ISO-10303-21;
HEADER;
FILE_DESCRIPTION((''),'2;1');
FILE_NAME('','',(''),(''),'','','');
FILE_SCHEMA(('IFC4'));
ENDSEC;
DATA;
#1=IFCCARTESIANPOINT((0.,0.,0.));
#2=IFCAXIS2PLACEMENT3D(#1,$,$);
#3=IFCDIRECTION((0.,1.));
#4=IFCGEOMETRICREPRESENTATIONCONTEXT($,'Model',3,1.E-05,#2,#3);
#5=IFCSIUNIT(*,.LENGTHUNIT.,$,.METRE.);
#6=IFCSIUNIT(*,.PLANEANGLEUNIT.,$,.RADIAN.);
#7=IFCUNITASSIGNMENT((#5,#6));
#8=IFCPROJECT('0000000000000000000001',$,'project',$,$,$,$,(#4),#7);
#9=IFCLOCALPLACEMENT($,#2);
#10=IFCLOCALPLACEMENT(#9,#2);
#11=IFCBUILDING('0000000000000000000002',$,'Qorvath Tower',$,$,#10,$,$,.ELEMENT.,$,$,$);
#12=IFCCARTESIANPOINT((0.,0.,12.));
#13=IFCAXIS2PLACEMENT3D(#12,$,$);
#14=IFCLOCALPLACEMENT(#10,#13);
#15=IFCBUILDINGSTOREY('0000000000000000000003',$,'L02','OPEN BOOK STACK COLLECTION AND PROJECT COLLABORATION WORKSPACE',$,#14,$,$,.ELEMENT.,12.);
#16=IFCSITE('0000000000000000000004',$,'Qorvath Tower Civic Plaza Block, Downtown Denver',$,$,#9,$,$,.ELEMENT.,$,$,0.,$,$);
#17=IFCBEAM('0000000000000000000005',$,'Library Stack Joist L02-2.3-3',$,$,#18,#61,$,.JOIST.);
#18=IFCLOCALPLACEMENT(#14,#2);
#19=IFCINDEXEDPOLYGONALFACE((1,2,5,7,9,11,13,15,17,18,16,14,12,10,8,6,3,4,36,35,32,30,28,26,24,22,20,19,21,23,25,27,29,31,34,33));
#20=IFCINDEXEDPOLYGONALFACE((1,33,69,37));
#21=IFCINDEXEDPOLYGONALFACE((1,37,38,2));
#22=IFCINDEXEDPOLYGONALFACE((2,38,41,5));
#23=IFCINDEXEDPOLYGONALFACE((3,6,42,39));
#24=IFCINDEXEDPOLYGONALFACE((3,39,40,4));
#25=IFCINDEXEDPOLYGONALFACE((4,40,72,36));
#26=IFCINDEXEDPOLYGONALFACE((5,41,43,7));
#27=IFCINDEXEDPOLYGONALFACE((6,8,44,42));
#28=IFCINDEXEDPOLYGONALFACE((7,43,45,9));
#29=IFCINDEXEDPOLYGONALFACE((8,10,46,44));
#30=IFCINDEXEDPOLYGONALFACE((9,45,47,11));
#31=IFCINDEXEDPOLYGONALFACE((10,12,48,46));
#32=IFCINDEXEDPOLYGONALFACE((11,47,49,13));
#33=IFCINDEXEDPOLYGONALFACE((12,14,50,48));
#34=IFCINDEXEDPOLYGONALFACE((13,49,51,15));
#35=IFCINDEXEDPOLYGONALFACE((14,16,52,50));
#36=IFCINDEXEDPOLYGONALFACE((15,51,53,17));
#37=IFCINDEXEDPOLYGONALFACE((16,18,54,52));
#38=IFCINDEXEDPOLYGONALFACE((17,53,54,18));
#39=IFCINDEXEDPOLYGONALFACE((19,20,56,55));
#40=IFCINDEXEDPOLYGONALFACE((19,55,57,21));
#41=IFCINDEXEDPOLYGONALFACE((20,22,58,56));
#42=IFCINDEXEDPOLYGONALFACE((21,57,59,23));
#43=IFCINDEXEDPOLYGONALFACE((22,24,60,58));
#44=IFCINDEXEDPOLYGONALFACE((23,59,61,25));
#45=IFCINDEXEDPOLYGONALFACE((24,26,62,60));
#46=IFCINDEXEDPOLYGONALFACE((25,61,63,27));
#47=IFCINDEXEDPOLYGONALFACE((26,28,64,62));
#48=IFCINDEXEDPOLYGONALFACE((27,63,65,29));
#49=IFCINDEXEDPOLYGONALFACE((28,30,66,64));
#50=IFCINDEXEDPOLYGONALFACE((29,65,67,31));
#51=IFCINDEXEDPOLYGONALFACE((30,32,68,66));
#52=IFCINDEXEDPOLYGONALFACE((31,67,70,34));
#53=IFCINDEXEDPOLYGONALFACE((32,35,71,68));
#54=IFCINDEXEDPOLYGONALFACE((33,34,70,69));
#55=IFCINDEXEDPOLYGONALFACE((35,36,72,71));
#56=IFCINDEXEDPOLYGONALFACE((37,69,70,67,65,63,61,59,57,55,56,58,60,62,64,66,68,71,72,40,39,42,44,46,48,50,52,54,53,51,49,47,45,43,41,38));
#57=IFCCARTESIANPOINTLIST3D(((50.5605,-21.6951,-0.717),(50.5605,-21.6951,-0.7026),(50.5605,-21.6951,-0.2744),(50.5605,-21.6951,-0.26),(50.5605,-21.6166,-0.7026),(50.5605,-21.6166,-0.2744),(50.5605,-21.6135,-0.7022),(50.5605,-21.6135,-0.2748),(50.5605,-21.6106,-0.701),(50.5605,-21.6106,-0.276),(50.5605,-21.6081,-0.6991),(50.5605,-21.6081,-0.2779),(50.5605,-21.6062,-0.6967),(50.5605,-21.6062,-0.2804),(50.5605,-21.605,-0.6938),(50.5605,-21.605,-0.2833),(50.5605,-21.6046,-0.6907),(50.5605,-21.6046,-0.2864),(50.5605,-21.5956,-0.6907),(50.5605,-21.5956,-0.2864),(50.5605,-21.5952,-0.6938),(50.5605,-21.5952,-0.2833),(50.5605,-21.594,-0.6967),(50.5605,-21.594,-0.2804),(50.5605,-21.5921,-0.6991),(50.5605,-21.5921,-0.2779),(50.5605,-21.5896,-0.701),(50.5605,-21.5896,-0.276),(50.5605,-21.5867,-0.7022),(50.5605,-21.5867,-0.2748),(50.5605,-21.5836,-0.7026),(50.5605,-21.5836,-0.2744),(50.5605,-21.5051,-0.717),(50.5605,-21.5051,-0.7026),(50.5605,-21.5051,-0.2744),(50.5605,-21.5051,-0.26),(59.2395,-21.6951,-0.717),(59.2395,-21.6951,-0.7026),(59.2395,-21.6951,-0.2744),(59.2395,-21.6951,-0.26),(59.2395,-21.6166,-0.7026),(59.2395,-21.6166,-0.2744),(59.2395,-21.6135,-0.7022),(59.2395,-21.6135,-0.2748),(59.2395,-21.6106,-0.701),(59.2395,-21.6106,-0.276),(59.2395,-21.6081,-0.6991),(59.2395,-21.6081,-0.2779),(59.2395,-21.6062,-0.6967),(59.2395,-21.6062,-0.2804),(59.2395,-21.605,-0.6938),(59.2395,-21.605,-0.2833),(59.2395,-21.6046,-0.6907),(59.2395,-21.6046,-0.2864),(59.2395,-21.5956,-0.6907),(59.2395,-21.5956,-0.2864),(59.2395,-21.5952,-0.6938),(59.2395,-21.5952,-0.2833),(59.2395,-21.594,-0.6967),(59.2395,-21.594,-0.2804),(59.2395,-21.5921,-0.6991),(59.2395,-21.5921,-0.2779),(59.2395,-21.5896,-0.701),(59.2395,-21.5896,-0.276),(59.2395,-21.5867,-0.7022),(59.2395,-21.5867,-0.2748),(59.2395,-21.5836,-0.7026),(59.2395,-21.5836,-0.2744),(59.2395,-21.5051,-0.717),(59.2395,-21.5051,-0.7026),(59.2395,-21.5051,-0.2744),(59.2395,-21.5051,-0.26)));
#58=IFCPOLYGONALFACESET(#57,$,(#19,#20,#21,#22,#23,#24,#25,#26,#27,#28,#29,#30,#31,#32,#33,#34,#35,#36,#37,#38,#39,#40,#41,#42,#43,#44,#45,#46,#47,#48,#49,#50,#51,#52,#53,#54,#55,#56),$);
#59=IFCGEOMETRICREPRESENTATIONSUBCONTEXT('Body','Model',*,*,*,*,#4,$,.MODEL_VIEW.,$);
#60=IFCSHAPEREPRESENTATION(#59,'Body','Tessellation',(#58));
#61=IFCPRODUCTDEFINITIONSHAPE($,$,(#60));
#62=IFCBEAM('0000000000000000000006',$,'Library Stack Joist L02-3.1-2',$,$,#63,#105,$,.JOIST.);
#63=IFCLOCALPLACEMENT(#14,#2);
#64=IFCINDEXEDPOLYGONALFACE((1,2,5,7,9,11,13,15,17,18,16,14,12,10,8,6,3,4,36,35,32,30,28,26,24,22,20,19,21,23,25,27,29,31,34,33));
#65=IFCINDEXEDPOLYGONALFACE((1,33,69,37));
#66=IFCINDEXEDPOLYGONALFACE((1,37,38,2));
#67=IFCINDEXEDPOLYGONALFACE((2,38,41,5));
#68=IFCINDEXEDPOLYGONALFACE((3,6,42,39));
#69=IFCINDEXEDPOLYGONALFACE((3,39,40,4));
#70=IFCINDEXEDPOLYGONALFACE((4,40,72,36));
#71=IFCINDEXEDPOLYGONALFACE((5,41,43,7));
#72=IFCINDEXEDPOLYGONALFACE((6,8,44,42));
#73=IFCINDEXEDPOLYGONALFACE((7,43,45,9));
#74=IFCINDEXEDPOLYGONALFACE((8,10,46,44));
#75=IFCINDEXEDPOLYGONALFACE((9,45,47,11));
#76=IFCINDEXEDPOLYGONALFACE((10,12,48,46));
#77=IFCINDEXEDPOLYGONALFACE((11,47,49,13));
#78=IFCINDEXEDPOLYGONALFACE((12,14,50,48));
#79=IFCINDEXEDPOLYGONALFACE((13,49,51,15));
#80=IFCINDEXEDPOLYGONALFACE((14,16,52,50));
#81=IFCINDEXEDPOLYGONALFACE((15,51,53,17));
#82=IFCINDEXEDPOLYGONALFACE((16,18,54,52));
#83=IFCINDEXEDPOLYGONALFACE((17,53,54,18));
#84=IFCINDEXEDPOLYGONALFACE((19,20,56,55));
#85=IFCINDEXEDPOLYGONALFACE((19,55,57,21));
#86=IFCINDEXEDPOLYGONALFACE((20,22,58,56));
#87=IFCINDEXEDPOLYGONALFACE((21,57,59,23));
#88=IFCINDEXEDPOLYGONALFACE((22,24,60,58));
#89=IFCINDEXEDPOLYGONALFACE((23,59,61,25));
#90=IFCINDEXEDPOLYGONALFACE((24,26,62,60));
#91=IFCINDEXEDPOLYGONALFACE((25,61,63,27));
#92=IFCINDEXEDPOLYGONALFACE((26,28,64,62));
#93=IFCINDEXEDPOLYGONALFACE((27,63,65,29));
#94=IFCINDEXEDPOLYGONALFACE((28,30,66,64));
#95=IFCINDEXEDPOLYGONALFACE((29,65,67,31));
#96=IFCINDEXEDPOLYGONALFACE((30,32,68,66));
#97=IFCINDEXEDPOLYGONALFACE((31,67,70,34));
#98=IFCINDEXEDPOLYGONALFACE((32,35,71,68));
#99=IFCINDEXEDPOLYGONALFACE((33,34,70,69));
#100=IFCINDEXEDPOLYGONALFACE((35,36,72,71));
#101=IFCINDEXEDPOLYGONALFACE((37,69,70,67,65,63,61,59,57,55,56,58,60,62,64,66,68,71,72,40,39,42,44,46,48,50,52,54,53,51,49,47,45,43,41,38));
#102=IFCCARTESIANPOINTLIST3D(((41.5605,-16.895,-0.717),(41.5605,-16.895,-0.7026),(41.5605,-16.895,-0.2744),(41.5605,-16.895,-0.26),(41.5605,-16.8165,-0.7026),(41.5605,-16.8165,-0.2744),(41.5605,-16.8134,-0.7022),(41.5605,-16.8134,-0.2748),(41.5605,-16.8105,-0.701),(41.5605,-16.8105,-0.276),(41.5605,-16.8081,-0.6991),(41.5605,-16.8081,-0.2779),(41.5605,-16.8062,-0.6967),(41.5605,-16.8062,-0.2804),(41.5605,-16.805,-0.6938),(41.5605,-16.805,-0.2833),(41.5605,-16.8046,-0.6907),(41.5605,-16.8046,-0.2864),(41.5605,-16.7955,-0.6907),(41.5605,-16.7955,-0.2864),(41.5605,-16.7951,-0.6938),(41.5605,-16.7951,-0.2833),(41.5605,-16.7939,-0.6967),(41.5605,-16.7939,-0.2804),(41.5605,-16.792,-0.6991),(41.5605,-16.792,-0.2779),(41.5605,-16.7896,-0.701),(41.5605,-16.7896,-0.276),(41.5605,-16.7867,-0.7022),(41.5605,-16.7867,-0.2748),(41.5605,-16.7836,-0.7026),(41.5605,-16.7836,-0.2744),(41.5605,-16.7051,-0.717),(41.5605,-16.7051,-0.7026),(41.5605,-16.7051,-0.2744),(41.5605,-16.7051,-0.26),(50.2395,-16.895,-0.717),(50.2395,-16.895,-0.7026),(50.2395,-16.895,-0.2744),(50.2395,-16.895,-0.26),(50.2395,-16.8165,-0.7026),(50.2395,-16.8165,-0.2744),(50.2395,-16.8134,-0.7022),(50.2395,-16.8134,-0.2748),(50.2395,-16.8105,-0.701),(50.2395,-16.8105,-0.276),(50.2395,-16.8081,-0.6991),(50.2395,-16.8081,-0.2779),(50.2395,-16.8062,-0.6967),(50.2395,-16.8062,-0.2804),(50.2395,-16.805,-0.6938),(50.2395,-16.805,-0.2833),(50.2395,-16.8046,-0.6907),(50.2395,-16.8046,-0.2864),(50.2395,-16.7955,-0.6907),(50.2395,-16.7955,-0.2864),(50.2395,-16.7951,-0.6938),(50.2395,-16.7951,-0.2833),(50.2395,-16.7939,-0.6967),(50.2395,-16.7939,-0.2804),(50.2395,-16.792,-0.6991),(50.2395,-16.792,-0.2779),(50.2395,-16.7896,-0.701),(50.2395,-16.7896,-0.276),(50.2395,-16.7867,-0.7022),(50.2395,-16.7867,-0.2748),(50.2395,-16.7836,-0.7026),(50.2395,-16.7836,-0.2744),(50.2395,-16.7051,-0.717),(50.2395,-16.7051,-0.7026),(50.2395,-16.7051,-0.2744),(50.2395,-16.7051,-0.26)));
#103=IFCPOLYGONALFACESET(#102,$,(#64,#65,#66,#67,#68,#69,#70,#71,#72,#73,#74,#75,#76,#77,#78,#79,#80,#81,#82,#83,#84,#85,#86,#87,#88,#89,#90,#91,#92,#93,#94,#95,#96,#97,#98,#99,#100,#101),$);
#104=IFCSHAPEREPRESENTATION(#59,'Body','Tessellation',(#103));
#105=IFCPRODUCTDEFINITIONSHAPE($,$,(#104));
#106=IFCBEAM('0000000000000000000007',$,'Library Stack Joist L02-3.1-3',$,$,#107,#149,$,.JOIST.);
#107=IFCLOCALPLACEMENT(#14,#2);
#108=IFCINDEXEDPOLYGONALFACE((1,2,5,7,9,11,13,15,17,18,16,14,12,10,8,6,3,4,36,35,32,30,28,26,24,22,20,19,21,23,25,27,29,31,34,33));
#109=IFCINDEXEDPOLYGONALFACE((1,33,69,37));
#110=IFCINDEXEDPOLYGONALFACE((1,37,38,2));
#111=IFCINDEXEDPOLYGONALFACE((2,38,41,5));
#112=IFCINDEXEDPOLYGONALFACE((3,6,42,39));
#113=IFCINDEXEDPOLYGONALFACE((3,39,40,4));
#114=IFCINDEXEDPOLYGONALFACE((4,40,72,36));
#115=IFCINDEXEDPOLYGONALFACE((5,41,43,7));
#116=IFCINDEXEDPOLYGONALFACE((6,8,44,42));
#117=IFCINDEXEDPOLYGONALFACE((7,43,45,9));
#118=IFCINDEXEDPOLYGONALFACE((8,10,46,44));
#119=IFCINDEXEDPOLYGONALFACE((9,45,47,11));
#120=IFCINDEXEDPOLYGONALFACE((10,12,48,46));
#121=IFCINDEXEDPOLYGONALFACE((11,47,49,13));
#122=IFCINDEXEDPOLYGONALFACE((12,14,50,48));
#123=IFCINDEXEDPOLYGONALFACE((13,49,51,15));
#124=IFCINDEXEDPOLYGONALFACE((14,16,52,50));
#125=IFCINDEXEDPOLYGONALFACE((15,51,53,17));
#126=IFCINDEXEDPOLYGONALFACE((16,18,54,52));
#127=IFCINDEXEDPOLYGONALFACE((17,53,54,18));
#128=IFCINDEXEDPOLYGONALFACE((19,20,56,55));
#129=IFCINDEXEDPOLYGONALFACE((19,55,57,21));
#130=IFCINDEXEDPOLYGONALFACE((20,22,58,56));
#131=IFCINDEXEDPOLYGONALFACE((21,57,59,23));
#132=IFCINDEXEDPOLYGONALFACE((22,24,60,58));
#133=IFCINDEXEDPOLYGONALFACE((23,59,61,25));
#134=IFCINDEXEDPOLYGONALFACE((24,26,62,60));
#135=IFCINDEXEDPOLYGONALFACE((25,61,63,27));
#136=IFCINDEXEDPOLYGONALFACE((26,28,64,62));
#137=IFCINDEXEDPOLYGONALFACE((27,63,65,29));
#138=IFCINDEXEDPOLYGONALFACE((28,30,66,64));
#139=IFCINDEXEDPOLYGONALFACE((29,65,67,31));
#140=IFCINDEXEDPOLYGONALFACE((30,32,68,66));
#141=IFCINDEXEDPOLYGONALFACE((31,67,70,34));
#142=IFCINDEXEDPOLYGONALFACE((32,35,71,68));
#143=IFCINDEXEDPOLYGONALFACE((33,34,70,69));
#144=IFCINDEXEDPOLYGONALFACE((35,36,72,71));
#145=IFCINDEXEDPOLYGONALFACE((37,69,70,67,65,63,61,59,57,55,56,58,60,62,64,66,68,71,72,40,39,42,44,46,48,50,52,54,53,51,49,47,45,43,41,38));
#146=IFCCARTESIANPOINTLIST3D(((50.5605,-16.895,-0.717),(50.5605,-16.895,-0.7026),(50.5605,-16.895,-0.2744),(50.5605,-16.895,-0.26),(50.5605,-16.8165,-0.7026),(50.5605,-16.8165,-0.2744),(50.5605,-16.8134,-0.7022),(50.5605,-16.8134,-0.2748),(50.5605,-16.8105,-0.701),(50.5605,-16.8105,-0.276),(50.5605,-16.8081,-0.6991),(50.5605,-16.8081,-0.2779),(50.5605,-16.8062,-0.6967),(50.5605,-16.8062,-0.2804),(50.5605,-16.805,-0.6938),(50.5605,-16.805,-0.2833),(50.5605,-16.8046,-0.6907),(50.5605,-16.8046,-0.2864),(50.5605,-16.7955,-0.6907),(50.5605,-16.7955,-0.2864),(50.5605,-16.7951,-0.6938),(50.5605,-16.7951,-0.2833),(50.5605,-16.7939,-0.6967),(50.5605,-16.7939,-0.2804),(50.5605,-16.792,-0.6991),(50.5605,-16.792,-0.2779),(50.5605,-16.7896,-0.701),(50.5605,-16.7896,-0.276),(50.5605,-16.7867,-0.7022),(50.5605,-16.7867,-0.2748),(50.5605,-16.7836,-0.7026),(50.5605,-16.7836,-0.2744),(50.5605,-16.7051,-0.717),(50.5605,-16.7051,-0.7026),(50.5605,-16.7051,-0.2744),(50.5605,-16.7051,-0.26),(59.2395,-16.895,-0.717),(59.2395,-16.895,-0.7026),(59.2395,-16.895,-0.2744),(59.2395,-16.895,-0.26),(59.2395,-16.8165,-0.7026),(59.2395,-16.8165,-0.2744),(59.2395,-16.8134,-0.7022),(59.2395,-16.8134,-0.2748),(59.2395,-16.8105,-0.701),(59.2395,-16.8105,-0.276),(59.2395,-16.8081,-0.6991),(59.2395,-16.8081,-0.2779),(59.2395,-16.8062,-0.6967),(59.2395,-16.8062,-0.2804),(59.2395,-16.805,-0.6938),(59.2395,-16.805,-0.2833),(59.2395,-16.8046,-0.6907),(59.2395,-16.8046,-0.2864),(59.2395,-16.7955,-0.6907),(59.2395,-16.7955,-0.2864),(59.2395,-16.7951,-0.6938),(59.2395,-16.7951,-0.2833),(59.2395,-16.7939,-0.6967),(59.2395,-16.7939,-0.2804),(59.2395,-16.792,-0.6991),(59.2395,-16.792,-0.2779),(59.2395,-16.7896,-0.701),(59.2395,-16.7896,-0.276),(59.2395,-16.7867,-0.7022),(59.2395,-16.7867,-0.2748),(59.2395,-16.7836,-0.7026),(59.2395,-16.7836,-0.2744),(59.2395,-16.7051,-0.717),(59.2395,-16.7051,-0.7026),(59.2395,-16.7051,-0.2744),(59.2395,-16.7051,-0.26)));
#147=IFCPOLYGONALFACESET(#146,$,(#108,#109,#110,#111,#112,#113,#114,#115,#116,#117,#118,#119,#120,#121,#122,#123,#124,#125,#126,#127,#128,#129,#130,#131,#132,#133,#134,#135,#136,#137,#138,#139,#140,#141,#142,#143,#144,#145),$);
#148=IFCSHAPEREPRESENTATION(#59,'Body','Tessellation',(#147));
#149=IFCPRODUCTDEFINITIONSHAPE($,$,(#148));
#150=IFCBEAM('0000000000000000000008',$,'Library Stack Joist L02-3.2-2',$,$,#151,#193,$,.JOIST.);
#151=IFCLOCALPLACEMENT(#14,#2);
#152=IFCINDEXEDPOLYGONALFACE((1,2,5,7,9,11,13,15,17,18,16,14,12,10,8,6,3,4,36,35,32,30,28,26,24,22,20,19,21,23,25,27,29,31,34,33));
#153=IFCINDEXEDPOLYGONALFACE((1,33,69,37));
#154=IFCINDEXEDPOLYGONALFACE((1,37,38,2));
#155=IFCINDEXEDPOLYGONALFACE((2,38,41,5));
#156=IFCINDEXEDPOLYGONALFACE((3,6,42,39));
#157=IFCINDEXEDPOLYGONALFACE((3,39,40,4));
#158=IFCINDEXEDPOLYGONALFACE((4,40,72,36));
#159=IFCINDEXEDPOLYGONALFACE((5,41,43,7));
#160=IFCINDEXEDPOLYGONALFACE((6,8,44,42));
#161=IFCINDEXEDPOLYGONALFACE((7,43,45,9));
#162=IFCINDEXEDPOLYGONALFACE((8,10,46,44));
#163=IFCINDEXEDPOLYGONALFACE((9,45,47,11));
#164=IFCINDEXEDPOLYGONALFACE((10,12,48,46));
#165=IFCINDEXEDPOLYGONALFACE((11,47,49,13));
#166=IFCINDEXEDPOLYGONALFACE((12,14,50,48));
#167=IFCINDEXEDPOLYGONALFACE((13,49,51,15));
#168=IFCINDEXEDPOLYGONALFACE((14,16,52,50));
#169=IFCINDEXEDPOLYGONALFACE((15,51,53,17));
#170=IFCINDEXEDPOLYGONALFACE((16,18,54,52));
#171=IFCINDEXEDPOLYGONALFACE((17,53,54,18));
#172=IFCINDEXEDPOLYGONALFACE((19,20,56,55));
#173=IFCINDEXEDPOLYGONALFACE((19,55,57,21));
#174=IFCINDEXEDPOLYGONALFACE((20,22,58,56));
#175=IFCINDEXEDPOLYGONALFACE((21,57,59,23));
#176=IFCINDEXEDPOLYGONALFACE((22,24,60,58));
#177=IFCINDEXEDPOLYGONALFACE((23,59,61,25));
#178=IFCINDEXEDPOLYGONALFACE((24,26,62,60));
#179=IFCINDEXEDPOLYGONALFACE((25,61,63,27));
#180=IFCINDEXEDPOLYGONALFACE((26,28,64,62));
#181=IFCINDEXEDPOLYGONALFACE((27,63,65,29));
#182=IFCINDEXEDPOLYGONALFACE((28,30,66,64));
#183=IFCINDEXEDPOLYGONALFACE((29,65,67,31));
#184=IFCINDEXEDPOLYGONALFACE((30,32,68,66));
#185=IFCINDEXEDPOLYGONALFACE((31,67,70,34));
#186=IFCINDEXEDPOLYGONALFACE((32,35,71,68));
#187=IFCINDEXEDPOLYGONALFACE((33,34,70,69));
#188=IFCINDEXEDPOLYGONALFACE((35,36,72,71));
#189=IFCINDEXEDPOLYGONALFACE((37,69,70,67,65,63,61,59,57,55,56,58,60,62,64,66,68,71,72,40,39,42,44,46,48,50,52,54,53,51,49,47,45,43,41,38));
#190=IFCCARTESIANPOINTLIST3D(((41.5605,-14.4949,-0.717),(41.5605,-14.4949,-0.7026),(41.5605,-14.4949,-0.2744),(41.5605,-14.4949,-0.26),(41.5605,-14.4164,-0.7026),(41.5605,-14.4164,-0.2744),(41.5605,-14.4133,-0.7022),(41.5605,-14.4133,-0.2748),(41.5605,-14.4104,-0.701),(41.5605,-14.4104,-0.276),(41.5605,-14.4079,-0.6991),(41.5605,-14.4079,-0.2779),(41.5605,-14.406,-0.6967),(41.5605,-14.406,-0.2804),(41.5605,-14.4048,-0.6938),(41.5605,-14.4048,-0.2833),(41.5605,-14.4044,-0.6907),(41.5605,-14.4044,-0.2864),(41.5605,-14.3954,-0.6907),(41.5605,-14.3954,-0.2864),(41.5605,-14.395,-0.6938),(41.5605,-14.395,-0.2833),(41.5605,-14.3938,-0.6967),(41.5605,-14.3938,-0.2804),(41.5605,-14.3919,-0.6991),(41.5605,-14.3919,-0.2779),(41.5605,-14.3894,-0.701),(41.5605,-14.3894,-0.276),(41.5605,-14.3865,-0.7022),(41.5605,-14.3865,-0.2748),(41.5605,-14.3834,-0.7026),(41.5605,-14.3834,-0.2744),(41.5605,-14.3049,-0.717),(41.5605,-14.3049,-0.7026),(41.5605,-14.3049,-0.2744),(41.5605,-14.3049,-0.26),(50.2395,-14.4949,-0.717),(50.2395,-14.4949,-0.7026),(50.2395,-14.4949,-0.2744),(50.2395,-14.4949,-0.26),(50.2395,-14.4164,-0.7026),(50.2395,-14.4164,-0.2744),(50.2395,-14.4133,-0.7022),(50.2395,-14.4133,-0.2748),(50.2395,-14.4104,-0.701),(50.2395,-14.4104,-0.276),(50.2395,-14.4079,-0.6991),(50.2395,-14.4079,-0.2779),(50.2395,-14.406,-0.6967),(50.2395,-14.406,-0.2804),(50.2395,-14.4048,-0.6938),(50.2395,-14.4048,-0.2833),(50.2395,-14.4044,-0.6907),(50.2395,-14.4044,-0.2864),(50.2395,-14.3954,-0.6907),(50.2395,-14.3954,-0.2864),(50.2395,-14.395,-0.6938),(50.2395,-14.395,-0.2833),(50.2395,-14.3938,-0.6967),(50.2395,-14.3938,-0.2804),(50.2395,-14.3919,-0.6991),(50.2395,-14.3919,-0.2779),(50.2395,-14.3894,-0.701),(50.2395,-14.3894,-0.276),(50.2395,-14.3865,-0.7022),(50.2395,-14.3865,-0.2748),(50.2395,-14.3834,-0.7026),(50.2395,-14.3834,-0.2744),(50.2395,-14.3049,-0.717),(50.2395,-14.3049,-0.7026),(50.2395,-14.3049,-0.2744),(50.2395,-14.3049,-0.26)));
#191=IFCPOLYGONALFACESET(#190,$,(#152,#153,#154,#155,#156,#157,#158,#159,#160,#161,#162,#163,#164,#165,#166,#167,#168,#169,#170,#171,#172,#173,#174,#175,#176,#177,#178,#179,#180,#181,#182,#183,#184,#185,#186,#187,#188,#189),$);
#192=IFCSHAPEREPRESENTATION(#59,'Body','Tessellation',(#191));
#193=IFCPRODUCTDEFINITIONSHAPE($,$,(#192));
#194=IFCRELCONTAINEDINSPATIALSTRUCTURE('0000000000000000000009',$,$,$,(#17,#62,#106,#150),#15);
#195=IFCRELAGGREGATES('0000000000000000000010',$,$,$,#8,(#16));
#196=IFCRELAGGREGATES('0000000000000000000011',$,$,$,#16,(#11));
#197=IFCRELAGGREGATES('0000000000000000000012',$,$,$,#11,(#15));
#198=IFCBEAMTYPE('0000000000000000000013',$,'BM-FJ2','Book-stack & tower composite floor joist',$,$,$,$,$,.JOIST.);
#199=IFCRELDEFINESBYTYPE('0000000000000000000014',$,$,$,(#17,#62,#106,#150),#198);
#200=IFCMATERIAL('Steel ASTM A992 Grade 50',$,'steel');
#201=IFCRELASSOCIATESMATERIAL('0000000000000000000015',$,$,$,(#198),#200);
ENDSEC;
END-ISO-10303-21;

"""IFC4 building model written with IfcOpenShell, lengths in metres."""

from ifc_helpers import new_model, si_unit, direction, frame, origin, origin_2d, place, context, subcontext, project, spatial, i_section, extrude, material, material_profile, profile_set, type_object, element, save


model = new_model("IFC4")

# Units and contexts
model_context = context("Model", 3, precision=1e-05, world=origin(), true_north=direction((0.0, 1.0)))
body_context = subcontext(model_context, "Body", "Model", "MODEL_VIEW")
ifc_project = project(units=[si_unit("LENGTHUNIT", "METRE"), si_unit("PLANEANGLEUNIT", "RADIAN")], contexts=[model_context])

# Site, building, storey
site_placement = place(None, origin())
site = spatial("IfcSite", under=ifc_project, at=site_placement, Name="Qorvath Tower Civic Plaza Block, Downtown Denver", CompositionType="ELEMENT", RefElevation=0.0)
building_placement = place(site_placement, origin())
building = spatial("IfcBuilding", under=site, at=building_placement, Name="Qorvath Tower", CompositionType="ELEMENT")
storey_placement = place(building_placement, frame((0.0, 0.0, 12.0)))
storey = spatial("IfcBuildingStorey", under=building, at=storey_placement, Name="L02", Description="OPEN BOOK STACK COLLECTION AND PROJECT COLLABORATION WORKSPACE", CompositionType="ELEMENT", Elevation=12.0)

# Beams
ifc_material_1 = material(Name="Steel ASTM A992 Grade 50", Category="steel")
ifc_material_profile_1 = material_profile(ifc_material_1, i_section(OverallWidth=0.1899, OverallDepth=0.457, WebThickness=0.009, FlangeThickness=0.0144, FilletRadius=0.012, at=origin_2d()), Name="W18x50")
ifc_profile_set_1 = profile_set([ifc_material_profile_1], Name="Steel ASTM A992 Grade 50")
beam_type_1 = type_object("IfcBeamType", Name="BM-FJ2", Description="Book-stack & tower composite floor joist", PredefinedType="JOIST", material=ifc_profile_set_1)
for number, where, z_axis, x_axis, name in (
    (1, (50.5605, -21.6001, -0.4885), (1.0, 0.0, 0.0), (0.0, 1.0, 0.0), "Library Stack Joist L02-2.3-3"),
    (2, (41.5605, -16.8, -0.4885), (1.0, 0.0, 0.0), (0.0, 1.0, 0.0), "Library Stack Joist L02-3.1-2"),
    (3, (50.5605, -16.8, -0.4885), (1.0, 0.0, 0.0), (0.0, 1.0, 0.0), "Library Stack Joist L02-3.1-3"),
    (4, (41.5605, -14.3999, -0.4885), (1.0, 0.0, 0.0), (0.0, 1.0, 0.0), "Library Stack Joist L02-3.2-2"),
):
    element("IfcBeam", number, at=place(storey_placement, frame(where, z_axis=z_axis, x_axis=x_axis)), inside=storey, type_object=beam_type_1, Name=name, PredefinedType="JOIST", context=body_context, shape_type="SweptSolid", body=[
        extrude(i_section(OverallWidth=0.1899, OverallDepth=0.457, WebThickness=0.009, FlangeThickness=0.0144, FilletRadius=0.012, at=origin_2d()), origin(), (0.0, 0.0, 1.0), 8.679),
    ])

save(model, "model.ifc")
